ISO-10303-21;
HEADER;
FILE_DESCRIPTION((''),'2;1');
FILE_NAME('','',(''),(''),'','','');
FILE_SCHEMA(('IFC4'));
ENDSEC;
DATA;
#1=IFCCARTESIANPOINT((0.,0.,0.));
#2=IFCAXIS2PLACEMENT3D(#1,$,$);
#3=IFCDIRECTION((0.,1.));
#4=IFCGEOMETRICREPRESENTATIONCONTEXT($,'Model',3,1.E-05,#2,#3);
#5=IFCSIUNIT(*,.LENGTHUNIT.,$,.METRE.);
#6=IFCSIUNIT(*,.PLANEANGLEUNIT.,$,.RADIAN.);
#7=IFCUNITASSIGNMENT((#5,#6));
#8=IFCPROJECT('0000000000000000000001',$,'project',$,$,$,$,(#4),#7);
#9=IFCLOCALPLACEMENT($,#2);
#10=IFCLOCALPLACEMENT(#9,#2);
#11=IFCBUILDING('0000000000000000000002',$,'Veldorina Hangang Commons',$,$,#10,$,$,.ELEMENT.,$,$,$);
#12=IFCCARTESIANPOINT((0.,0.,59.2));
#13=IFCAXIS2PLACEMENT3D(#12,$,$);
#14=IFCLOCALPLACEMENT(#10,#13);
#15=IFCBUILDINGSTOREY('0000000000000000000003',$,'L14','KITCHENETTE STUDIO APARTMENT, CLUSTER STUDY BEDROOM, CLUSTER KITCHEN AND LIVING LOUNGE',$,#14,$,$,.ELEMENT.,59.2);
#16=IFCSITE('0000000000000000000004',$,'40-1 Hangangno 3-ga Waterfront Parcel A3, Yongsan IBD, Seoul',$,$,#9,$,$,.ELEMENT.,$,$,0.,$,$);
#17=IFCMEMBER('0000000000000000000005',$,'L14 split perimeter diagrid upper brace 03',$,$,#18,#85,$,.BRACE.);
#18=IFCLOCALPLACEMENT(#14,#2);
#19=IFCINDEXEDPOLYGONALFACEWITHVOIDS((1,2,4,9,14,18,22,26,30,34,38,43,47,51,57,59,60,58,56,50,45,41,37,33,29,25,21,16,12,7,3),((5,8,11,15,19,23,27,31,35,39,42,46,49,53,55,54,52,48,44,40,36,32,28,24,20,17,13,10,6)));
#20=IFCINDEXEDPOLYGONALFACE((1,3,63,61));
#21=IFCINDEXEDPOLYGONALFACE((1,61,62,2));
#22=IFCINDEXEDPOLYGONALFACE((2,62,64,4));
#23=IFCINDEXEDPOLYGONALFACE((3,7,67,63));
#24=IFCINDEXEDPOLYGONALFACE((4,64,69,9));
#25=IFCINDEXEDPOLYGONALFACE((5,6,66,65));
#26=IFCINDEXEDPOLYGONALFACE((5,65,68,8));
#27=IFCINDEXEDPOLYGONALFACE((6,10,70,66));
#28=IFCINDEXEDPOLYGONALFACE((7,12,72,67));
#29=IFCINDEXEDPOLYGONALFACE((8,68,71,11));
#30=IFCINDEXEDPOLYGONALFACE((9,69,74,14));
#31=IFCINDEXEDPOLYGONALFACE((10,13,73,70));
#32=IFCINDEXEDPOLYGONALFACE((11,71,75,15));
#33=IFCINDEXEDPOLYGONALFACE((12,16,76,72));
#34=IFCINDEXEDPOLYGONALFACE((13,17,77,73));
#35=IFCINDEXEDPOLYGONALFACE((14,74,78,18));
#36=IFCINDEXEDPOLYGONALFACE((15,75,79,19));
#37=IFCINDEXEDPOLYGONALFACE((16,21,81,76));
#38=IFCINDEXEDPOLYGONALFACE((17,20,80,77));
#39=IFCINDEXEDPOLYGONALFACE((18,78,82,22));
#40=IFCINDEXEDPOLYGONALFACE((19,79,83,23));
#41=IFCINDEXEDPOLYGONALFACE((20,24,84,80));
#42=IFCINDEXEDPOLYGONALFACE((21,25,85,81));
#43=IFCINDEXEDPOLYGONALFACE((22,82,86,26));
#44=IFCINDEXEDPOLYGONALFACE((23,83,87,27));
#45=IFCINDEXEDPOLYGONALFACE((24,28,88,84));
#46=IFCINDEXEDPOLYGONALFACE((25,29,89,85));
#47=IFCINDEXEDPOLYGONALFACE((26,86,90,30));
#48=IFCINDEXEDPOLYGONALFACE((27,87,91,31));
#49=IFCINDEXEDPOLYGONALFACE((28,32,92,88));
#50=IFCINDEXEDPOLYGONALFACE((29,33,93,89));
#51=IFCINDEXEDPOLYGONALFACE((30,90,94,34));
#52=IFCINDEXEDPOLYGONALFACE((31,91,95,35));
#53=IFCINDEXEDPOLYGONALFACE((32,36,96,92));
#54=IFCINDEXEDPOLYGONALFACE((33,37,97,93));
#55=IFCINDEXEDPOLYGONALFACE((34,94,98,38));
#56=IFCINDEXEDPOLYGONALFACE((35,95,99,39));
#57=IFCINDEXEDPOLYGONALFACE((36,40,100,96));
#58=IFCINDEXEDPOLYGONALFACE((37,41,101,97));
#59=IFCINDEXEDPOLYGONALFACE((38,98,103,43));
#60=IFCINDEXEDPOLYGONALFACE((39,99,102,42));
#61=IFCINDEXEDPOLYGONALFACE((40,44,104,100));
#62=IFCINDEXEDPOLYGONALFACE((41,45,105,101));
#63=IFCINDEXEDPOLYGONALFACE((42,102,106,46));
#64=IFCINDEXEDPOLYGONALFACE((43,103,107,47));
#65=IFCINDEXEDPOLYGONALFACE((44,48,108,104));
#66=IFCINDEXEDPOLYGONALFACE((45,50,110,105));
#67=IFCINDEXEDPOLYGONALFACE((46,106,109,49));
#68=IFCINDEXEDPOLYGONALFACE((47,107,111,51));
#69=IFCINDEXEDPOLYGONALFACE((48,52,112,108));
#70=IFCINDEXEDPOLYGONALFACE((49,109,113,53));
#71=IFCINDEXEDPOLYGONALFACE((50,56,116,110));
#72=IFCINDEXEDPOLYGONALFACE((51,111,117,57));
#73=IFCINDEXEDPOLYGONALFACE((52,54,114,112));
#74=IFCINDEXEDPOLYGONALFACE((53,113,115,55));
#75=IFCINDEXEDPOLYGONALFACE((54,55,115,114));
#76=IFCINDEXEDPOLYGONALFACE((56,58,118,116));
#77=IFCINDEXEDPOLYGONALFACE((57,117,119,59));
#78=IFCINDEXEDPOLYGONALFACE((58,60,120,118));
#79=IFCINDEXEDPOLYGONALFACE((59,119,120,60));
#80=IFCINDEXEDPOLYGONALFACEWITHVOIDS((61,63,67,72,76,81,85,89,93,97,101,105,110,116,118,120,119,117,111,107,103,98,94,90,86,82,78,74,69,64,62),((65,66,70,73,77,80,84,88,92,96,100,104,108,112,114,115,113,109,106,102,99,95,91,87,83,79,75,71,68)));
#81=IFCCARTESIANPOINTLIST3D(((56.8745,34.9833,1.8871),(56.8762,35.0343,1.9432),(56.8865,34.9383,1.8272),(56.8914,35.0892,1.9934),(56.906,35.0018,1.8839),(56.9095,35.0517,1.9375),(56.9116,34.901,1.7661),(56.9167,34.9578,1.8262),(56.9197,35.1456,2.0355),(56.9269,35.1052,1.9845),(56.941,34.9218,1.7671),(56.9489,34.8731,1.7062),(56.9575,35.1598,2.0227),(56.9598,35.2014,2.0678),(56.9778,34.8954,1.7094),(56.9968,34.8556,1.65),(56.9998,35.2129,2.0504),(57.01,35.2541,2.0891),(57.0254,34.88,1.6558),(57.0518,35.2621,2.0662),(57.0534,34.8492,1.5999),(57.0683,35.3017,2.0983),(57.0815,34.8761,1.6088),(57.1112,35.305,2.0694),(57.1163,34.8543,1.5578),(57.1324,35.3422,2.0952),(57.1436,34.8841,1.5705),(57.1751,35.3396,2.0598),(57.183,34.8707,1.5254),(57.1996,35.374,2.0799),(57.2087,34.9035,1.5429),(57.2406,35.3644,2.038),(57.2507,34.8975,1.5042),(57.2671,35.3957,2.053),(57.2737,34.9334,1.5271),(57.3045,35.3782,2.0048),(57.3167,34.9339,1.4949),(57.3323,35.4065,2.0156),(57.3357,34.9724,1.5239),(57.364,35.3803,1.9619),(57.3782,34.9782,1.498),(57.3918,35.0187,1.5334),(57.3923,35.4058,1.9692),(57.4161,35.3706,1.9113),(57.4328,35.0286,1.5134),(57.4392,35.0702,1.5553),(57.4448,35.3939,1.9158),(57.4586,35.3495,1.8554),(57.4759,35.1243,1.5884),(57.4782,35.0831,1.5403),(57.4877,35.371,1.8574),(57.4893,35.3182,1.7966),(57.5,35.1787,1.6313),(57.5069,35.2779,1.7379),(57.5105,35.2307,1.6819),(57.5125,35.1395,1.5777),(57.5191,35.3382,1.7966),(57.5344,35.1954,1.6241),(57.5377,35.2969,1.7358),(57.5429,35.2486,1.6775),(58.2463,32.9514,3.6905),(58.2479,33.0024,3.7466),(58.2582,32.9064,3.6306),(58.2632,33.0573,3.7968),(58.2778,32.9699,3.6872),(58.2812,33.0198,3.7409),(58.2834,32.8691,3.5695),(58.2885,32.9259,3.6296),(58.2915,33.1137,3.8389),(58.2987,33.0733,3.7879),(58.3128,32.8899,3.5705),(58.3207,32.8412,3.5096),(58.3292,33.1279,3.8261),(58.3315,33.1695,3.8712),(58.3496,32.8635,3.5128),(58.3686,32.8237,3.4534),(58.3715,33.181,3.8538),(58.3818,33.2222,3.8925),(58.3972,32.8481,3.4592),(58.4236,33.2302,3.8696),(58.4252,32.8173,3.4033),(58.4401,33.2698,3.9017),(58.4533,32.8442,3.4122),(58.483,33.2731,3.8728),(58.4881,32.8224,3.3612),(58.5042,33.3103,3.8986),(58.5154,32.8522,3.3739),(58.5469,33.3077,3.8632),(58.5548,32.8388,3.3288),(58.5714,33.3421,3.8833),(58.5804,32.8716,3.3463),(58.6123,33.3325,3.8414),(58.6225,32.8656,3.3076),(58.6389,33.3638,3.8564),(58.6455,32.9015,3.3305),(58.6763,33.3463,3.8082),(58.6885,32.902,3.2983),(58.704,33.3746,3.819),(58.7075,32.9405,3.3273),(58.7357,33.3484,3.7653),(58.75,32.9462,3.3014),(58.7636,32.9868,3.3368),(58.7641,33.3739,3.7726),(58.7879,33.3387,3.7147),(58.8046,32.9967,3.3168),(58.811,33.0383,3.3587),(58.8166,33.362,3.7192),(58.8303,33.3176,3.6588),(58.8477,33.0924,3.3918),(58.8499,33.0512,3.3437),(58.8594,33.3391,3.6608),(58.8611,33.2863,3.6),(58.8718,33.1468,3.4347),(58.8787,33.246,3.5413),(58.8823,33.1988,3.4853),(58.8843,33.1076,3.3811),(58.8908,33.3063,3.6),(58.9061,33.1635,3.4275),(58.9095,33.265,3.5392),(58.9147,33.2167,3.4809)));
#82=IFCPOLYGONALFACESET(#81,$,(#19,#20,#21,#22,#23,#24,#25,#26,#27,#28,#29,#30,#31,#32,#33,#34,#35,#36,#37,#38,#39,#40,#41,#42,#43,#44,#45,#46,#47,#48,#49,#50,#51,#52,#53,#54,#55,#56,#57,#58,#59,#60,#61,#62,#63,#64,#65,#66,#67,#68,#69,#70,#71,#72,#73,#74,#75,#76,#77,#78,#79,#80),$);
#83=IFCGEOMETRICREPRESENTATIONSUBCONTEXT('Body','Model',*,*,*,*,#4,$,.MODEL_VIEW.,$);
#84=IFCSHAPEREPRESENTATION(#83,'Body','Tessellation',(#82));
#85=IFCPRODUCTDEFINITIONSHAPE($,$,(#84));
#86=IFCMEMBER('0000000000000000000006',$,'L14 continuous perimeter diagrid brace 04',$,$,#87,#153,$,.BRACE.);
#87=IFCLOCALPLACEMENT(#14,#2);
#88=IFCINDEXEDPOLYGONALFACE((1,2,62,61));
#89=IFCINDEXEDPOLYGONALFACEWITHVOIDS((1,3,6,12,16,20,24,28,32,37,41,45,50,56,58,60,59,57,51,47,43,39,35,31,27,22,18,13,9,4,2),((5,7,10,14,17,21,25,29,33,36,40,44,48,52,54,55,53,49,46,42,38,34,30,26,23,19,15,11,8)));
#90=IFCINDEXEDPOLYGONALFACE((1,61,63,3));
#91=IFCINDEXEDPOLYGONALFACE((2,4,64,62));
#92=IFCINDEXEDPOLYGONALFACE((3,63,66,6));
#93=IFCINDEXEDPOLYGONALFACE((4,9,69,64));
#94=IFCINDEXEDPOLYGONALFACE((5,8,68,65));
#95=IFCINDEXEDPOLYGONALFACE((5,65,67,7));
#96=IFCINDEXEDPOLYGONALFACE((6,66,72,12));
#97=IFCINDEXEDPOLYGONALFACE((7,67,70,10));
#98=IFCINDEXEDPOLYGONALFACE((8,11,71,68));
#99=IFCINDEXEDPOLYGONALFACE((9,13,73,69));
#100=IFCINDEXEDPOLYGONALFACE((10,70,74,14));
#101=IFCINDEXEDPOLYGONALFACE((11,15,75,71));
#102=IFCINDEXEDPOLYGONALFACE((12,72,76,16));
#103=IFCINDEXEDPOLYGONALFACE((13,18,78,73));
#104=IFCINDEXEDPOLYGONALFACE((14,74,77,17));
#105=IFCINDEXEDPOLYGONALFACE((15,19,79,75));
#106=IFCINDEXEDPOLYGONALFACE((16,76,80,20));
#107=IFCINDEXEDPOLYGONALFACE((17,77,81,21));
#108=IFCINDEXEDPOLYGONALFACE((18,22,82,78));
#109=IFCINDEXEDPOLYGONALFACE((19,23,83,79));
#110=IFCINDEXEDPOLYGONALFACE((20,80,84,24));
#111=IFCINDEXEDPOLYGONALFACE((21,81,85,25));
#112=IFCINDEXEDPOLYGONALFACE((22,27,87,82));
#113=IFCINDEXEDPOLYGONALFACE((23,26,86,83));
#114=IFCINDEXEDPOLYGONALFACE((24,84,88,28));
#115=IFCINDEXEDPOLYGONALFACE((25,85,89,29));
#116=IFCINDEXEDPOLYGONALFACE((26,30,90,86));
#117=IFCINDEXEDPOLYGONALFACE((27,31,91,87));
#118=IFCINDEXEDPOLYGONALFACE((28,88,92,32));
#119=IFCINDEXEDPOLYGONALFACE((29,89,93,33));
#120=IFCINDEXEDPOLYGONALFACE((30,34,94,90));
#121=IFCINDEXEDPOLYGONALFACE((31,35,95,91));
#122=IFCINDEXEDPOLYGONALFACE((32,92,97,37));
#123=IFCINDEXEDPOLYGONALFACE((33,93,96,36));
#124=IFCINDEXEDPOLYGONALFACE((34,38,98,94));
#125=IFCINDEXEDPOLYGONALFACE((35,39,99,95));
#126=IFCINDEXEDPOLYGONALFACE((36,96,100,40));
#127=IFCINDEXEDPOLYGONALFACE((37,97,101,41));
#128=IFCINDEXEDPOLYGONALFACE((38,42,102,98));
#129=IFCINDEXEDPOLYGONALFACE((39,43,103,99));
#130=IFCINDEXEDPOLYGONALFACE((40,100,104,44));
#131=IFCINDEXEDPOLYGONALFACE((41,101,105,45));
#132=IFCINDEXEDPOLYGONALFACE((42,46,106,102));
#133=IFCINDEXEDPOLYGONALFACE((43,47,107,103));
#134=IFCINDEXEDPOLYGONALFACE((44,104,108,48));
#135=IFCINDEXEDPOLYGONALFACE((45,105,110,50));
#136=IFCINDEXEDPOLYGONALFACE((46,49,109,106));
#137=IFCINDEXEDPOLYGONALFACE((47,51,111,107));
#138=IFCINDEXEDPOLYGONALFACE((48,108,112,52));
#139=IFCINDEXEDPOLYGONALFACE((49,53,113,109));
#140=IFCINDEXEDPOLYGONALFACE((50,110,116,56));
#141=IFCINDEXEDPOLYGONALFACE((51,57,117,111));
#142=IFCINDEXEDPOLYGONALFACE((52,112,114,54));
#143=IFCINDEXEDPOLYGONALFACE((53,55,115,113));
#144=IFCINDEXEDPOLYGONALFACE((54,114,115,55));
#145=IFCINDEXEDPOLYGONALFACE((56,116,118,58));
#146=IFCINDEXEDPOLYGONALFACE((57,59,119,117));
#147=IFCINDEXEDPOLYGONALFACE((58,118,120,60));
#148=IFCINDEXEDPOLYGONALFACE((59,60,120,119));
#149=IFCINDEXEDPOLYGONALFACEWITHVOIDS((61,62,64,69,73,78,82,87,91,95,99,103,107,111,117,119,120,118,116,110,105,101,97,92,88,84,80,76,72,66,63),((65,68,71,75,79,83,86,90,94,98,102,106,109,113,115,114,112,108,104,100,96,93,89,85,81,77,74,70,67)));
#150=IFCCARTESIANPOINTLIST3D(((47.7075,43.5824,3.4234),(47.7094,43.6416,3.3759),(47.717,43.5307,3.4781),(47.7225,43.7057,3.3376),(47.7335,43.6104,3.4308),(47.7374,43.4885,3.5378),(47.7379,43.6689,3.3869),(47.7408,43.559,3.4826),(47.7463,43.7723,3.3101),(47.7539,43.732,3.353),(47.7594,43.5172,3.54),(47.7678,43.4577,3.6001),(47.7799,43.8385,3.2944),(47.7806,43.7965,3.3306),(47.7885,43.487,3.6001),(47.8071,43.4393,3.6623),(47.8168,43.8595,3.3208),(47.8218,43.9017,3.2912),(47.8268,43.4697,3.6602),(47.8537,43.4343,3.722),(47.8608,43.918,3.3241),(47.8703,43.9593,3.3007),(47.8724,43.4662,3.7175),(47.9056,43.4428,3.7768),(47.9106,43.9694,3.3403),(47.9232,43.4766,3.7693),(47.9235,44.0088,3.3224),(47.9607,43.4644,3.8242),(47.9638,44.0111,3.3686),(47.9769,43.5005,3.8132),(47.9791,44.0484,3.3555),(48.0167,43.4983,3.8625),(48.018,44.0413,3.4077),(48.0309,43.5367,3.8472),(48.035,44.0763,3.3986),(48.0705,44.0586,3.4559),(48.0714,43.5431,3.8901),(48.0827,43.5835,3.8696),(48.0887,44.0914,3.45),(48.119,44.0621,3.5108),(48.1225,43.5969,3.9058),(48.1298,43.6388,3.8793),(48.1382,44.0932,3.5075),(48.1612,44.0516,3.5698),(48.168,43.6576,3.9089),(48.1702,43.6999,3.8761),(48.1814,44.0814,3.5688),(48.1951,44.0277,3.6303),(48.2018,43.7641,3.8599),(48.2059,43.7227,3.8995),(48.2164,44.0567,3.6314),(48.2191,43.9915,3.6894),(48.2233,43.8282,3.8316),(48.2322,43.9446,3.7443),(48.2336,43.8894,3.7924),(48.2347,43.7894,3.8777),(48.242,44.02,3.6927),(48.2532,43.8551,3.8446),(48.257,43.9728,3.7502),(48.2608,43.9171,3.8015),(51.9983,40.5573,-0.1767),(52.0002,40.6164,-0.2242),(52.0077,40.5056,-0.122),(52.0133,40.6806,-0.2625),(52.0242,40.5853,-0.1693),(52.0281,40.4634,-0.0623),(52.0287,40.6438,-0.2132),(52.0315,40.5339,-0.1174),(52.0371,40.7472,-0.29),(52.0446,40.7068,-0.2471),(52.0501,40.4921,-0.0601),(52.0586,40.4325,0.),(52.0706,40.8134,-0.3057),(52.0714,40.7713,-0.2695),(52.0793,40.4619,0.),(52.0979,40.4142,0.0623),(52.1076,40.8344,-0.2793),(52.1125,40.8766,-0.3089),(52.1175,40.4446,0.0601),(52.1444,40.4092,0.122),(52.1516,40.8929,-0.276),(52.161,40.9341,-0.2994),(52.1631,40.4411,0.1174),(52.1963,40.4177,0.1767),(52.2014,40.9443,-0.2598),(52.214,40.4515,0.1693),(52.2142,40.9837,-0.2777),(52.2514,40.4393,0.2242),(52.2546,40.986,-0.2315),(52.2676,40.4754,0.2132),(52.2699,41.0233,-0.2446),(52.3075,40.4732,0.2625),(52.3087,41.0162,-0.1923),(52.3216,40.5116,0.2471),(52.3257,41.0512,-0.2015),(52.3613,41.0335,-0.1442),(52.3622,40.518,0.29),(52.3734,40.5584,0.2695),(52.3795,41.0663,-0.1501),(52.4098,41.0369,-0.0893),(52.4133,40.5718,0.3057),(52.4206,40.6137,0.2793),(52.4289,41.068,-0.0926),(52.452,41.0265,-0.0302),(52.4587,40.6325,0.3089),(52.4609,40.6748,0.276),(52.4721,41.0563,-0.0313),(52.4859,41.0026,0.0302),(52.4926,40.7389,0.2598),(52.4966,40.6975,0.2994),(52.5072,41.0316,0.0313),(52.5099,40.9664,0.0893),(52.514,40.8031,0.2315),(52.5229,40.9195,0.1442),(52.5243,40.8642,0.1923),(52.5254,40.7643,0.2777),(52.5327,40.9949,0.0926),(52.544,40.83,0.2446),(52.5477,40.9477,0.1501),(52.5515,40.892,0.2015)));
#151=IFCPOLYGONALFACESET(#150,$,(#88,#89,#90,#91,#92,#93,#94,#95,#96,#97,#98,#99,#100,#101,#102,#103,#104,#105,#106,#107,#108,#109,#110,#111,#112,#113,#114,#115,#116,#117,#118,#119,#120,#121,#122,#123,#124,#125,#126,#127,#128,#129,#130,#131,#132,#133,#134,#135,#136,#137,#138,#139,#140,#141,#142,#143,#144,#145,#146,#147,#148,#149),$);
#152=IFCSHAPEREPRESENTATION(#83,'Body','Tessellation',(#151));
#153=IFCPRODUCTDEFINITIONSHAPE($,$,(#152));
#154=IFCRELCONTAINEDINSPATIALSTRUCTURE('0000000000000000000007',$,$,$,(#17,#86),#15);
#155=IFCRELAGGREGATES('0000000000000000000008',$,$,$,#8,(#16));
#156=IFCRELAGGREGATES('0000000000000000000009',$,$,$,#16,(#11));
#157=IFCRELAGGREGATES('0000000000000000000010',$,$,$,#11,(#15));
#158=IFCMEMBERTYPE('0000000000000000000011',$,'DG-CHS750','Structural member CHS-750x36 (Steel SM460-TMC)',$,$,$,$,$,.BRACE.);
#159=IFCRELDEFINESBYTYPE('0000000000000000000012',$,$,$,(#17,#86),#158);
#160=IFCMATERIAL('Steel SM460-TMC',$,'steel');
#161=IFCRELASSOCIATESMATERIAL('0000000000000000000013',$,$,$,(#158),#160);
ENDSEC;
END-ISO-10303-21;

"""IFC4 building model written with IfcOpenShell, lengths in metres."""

from ifc_helpers import new_model, si_unit, direction, frame, origin, origin_2d, place, context, subcontext, project, spatial, hollow_circle, extrude, material, material_profile, profile_set, type_object, element, save


model = new_model("IFC4")

# Units and contexts
model_context = context("Model", 3, precision=1e-05, world=origin(), true_north=direction((0.0, 1.0)))
body_context = subcontext(model_context, "Body", "Model", "MODEL_VIEW")
ifc_project = project(units=[si_unit("LENGTHUNIT", "METRE"), si_unit("PLANEANGLEUNIT", "RADIAN")], contexts=[model_context])

# Site, building, storey
site_placement = place(None, origin())
site = spatial("IfcSite", under=ifc_project, at=site_placement, Name="40-1 Hangangno 3-ga Waterfront Parcel A3, Yongsan IBD, Seoul", CompositionType="ELEMENT", RefElevation=0.0)
building_placement = place(site_placement, origin())
building = spatial("IfcBuilding", under=site, at=building_placement, Name="Veldorina Hangang Commons", CompositionType="ELEMENT")
storey_placement = place(building_placement, frame((0.0, 0.0, 59.2)))
storey = spatial("IfcBuildingStorey", under=building, at=storey_placement, Name="L14", Description="KITCHENETTE STUDIO APARTMENT, CLUSTER STUDY BEDROOM, CLUSTER KITCHEN AND LIVING LOUNGE", CompositionType="ELEMENT", Elevation=59.2)

# Shared definitions
ifc_material_1 = material(Name="Steel SM460-TMC", Category="steel")

# Members
ifc_material_profile_1 = material_profile(ifc_material_1, hollow_circle(Radius=0.375, WallThickness=0.0359, at=origin_2d()), Name="CHS-750x36")
ifc_profile_set_1 = profile_set([ifc_material_profile_1], Name="Steel SM460-TMC")
member_type = type_object("IfcMemberType", Name="DG-CHS750", Description="Structural member CHS-750x36 (Steel SM460-TMC)", PredefinedType="BRACE", material=ifc_profile_set_1)
member_1_placement = place(storey_placement, frame((57.2083, 35.1284, 1.7966), z_axis=(0.450728, -0.66763, 0.592549), x_axis=(0.828804, 0.55954, 0.0)))
element("IfcMember", 1, at=member_1_placement, inside=storey, type_object=member_type, Name="L14 split perimeter diagrid upper brace 03", PredefinedType="BRACE", context=body_context, shape_type="SweptSolid", body=[
    extrude(hollow_circle(Radius=0.375, WallThickness=0.0359, at=origin_2d()), origin(), (0.0, 0.0, 1.0), 3.0435),
])
member_2_placement = place(storey_placement, frame((52.2747, 40.739, 0.0), z_axis=(-0.674039, 0.475221, 0.565541), x_axis=(-0.576221, -0.817294, 0.0)))
element("IfcMember", 2, at=member_2_placement, inside=storey, type_object=member_type, Name="L14 continuous perimeter diagrid brace 04", PredefinedType="BRACE", context=body_context, shape_type="SweptSolid", body=[
    extrude(hollow_circle(Radius=0.375, WallThickness=0.0359, at=origin_2d()), origin(), (0.0, 0.0, 1.0), 6.3657),
])

save(model, "model.ifc")
